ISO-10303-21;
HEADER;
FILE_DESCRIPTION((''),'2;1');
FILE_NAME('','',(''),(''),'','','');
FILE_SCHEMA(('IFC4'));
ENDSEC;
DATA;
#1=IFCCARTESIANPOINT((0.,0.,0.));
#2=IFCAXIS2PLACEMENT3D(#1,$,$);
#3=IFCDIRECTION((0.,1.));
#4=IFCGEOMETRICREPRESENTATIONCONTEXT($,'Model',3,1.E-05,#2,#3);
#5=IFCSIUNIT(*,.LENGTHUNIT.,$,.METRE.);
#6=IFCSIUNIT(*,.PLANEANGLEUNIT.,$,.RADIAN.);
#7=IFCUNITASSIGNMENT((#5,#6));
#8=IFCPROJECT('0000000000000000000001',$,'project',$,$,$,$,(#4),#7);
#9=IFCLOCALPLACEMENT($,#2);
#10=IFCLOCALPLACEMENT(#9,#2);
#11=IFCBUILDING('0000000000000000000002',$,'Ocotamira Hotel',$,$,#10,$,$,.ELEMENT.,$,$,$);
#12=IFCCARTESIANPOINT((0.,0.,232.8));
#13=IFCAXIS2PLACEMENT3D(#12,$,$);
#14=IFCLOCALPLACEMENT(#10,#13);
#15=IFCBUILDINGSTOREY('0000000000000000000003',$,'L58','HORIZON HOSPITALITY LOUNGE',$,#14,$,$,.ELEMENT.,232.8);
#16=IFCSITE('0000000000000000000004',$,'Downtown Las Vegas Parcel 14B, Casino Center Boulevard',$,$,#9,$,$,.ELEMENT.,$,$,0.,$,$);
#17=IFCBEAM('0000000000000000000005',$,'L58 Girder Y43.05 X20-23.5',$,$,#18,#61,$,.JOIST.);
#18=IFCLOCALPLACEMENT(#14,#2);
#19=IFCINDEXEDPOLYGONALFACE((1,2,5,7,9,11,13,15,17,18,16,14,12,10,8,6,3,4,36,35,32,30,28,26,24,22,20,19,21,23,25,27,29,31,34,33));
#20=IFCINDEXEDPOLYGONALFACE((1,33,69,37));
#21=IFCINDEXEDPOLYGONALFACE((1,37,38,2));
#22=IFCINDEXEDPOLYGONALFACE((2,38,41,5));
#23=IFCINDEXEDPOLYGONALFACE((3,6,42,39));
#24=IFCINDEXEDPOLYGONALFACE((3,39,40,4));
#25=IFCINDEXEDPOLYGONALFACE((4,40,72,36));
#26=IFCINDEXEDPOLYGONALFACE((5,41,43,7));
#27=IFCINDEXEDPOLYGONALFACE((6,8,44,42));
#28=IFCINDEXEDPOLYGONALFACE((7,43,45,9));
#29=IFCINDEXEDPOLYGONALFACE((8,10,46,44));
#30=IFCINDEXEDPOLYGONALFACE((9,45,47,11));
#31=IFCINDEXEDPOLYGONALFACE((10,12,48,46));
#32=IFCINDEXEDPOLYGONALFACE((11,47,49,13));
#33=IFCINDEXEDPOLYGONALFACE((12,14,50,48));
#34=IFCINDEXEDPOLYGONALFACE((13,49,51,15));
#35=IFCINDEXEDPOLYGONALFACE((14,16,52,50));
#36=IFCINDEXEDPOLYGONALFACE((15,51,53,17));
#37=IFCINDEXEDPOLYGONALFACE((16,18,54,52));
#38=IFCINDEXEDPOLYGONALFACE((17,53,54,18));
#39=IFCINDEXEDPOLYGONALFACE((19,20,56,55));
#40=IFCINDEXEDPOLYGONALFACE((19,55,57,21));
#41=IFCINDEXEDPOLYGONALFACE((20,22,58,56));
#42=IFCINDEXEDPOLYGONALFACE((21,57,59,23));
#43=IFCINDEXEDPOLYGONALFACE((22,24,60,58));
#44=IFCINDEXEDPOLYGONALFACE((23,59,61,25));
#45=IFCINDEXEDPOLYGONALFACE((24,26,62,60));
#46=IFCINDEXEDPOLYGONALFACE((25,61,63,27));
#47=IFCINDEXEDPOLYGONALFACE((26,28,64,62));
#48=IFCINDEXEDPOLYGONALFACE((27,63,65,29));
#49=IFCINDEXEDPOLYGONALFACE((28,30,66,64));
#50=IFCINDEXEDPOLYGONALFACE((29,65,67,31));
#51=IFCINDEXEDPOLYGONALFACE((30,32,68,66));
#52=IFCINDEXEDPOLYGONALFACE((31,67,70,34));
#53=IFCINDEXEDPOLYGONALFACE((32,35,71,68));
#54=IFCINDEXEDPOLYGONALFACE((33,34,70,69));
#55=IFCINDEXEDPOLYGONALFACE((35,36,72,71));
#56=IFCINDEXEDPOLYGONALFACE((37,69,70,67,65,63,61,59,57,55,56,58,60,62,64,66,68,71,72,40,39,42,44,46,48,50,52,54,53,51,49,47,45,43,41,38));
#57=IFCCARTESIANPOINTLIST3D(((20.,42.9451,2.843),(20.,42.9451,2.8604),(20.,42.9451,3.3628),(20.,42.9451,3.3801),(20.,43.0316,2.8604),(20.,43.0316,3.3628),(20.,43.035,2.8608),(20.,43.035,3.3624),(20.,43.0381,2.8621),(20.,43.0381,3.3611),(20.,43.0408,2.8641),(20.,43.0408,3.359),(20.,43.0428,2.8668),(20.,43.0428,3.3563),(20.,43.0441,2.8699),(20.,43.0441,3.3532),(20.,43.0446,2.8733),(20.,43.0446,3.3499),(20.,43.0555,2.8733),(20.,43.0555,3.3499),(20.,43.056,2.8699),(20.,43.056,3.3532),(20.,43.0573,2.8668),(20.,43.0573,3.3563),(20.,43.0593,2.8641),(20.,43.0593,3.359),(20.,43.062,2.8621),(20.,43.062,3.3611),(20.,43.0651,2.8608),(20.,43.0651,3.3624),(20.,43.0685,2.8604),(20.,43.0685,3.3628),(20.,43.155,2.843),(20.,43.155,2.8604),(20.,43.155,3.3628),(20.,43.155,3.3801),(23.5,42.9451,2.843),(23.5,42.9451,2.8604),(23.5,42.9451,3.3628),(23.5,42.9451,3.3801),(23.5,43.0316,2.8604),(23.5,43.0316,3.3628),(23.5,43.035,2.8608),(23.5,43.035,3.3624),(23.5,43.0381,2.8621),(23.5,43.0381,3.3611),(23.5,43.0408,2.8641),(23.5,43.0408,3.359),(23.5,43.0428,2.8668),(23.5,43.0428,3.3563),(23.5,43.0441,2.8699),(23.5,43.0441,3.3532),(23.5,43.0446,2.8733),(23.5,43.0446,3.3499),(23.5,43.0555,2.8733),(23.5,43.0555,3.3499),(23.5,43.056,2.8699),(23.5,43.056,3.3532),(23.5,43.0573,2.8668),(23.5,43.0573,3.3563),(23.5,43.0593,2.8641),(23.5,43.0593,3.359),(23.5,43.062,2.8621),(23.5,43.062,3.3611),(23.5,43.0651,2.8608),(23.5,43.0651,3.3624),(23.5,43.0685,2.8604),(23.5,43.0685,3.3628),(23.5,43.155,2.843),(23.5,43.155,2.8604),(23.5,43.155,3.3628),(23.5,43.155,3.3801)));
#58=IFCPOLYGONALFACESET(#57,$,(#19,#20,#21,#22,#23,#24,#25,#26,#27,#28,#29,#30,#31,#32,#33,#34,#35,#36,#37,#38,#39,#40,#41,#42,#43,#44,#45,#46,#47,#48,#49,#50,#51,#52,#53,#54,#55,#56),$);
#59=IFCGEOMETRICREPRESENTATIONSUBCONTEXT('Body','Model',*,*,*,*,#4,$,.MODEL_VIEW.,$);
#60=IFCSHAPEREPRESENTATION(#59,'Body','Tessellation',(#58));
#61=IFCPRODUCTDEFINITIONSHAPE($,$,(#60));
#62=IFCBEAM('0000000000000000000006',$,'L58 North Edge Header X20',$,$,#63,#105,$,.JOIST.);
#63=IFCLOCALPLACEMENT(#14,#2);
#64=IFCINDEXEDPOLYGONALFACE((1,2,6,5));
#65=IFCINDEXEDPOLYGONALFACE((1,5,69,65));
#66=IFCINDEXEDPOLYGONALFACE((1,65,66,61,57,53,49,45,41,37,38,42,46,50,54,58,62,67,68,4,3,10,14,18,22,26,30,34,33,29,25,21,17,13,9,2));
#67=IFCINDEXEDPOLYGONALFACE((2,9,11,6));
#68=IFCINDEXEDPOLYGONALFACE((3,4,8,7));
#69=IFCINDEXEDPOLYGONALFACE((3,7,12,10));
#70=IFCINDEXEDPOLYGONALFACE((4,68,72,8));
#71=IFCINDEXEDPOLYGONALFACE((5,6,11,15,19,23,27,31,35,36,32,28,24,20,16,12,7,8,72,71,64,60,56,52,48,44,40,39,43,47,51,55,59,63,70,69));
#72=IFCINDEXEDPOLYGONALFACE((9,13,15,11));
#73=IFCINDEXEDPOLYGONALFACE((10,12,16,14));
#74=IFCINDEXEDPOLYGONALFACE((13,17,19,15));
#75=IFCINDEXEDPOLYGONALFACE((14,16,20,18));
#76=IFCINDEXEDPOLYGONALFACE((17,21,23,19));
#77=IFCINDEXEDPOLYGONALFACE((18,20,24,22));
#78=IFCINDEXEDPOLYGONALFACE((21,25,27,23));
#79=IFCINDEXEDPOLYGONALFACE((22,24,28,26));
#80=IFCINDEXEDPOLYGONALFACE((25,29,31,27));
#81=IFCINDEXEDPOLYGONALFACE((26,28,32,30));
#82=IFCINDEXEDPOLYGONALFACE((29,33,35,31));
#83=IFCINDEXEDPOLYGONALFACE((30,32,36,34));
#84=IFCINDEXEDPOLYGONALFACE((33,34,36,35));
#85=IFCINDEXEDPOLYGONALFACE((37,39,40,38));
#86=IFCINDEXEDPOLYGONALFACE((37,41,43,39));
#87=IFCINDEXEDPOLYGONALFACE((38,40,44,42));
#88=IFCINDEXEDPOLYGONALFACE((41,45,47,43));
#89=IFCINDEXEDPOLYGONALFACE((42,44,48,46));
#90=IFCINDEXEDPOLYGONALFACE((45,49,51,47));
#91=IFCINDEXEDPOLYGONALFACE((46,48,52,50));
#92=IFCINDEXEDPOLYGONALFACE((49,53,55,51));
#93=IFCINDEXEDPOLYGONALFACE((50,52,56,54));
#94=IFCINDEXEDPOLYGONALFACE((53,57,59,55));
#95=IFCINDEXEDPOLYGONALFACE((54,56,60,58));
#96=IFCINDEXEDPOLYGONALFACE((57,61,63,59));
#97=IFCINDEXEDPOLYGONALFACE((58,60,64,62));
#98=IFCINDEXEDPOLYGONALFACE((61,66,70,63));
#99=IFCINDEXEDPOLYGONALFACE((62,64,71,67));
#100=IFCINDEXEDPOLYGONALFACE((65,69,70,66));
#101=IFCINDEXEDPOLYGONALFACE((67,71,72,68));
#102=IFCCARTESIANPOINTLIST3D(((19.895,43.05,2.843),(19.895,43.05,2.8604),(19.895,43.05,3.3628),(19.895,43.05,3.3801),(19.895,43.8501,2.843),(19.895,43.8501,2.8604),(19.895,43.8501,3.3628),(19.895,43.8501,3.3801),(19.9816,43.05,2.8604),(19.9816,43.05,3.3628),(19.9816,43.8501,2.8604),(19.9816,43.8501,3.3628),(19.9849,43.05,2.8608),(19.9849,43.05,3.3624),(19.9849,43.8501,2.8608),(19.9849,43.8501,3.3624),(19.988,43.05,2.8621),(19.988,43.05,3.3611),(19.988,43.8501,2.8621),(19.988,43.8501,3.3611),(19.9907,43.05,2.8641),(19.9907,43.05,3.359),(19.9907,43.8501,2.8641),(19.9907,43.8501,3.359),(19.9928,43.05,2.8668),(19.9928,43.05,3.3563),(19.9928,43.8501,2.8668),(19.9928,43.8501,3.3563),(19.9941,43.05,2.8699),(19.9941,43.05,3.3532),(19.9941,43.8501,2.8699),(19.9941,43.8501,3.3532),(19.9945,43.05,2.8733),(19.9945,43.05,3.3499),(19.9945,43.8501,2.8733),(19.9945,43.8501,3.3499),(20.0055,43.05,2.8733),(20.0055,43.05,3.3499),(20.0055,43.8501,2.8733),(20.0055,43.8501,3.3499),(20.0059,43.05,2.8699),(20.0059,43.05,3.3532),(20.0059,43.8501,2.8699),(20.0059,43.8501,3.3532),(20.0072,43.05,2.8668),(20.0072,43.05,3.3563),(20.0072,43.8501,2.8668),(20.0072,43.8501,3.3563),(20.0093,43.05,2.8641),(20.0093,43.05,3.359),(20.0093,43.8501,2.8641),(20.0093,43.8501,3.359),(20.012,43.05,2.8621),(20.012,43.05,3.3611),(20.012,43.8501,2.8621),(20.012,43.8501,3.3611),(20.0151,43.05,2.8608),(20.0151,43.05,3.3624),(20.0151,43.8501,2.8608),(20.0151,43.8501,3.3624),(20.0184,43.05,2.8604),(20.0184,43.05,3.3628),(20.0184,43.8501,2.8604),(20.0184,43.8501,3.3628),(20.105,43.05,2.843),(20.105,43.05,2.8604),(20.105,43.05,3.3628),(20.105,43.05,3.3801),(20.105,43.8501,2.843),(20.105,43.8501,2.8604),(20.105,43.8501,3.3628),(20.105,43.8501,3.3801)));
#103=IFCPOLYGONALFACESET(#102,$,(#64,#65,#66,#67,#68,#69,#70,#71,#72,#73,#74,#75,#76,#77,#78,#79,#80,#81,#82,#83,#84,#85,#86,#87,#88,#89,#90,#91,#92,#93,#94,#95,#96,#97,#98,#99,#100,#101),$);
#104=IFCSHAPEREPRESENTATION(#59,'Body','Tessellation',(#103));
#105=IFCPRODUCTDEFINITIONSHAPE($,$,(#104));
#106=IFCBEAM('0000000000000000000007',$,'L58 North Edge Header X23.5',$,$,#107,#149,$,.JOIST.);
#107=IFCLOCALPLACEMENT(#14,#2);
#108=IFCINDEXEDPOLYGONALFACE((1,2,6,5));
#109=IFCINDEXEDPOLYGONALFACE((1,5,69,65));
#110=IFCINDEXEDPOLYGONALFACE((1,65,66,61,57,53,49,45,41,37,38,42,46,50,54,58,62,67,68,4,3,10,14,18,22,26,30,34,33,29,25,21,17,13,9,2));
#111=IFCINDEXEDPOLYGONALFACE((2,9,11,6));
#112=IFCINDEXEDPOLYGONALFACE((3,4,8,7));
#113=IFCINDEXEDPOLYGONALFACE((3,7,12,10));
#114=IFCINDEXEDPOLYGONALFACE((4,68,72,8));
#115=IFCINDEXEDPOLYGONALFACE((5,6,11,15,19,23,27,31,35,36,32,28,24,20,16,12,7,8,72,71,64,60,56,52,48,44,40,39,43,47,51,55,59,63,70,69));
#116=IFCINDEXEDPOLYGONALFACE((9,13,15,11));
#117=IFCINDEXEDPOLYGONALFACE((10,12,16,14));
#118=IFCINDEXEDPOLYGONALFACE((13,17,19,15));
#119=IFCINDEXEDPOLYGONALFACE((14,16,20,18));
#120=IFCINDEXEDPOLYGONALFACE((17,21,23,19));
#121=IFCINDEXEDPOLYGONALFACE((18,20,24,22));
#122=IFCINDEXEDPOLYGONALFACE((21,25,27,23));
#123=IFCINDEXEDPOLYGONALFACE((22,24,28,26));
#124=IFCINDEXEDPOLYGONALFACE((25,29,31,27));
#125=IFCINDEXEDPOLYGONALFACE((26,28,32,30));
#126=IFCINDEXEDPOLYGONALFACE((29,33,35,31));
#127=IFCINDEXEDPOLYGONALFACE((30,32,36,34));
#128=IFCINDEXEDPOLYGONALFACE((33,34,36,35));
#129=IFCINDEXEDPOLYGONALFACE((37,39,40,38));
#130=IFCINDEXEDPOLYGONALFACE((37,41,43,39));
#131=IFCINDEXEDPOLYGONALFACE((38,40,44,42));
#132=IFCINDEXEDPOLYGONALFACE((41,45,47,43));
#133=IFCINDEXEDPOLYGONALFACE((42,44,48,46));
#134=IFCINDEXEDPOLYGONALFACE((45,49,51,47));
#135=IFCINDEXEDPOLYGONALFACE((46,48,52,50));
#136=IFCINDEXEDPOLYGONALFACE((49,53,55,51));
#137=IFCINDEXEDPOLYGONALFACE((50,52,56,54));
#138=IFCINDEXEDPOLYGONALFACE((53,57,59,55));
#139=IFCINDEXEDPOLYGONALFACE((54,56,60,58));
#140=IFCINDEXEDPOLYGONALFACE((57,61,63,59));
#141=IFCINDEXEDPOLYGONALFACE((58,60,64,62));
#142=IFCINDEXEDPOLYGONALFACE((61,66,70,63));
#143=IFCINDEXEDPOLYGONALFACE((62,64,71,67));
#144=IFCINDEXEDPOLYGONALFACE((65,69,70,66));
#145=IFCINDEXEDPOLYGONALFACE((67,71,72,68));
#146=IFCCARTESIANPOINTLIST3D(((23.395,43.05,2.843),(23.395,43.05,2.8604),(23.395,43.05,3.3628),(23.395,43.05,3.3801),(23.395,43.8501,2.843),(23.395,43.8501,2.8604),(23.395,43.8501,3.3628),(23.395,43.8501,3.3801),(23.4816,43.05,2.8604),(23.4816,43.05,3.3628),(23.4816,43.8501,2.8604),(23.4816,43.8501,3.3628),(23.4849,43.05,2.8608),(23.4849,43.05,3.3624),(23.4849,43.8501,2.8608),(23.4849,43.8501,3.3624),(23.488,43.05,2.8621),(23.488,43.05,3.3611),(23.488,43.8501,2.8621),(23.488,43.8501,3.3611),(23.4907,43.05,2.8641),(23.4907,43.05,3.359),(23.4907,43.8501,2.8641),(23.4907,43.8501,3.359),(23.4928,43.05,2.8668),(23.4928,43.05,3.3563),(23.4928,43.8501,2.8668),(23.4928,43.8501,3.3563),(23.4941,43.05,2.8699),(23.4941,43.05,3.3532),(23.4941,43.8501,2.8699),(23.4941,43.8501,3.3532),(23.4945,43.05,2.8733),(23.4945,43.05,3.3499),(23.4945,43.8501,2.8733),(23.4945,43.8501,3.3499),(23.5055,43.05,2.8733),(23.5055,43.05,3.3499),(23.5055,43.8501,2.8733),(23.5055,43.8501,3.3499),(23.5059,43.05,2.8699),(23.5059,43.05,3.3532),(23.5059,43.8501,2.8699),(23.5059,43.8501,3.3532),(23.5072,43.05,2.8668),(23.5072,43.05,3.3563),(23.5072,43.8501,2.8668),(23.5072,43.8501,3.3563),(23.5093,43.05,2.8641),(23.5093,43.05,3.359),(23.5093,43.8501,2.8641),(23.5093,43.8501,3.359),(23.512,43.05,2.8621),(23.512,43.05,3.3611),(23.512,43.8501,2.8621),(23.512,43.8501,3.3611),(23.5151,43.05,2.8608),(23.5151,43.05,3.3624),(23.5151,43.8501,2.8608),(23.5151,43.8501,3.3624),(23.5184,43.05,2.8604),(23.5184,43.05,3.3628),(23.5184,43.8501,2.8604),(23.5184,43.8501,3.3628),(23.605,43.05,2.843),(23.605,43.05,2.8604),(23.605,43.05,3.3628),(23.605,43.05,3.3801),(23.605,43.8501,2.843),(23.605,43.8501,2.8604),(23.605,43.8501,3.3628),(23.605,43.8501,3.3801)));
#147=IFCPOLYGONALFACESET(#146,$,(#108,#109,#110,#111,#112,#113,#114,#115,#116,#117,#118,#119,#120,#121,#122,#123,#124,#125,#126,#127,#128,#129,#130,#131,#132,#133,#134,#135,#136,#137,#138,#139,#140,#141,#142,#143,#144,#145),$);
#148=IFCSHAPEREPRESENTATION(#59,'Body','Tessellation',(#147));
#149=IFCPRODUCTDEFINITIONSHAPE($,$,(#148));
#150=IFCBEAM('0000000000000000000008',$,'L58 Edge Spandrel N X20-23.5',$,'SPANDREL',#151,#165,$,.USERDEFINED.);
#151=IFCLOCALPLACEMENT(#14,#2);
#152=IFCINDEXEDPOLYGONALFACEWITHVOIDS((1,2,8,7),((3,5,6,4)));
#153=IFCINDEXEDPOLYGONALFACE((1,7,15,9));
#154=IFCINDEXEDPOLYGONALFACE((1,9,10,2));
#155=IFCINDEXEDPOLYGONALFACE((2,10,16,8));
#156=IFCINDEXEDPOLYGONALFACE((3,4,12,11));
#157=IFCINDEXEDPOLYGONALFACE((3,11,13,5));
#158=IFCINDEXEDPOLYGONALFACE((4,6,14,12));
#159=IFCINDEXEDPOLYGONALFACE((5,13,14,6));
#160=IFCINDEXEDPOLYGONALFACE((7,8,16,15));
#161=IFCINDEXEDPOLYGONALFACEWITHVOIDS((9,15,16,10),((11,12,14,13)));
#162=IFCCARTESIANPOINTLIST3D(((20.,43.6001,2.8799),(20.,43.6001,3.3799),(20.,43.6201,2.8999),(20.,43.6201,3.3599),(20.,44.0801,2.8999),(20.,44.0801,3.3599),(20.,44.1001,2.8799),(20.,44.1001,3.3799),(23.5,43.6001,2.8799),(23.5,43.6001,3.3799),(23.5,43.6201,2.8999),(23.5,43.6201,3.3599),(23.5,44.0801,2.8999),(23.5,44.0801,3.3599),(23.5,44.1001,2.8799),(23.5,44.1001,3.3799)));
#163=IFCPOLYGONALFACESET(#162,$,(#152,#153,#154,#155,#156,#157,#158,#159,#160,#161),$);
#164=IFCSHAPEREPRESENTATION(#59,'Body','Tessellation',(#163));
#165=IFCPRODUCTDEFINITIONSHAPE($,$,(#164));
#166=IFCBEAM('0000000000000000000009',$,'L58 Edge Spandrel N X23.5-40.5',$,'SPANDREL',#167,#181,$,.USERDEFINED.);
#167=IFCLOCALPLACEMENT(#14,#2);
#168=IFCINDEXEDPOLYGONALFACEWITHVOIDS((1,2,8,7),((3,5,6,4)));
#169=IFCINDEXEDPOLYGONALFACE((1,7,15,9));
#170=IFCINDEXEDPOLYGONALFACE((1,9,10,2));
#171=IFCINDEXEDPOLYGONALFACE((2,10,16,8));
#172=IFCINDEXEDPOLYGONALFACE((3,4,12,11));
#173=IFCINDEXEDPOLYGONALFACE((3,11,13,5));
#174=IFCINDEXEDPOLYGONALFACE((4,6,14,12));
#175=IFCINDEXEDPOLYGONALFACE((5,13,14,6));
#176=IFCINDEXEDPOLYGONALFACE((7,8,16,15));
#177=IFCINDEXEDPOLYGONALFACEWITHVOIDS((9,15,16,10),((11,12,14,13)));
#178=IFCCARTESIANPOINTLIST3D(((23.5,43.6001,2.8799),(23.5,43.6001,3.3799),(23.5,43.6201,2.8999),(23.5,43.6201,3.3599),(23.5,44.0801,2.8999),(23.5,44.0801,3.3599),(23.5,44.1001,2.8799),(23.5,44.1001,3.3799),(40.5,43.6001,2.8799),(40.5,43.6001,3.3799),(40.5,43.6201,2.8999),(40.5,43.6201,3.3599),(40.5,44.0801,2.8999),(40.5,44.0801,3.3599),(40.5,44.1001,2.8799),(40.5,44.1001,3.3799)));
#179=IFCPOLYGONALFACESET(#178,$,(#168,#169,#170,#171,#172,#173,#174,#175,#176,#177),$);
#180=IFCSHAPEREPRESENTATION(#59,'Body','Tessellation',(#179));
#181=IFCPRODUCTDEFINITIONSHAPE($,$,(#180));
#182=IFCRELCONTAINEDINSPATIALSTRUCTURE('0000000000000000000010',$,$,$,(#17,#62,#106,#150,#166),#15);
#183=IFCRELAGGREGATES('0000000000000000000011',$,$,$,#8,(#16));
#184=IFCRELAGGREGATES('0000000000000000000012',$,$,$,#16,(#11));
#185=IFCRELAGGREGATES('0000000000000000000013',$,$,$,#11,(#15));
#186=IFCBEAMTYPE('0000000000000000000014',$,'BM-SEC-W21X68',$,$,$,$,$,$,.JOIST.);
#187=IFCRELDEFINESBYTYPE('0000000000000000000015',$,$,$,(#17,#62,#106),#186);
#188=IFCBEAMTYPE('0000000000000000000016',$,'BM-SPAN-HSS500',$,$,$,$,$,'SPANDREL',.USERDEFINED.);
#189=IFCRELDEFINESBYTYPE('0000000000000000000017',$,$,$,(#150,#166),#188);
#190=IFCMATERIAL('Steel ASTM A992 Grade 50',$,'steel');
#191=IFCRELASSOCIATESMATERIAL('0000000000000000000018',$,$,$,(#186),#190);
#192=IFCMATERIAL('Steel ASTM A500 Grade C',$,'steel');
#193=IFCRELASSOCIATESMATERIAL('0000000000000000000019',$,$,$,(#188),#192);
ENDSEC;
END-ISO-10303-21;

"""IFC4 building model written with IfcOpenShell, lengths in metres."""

from ifc_helpers import new_model, si_unit, direction, frame, origin, origin_2d, place, context, subcontext, project, spatial, hollow_rectangle, i_section, extrude, source, transform, mapped, material, material_profile, profile_set, type_object, element, save


model = new_model("IFC4")

# Units and contexts
model_context = context("Model", 3, precision=1e-05, world=origin(), true_north=direction((0.0, 1.0)))
body_context = subcontext(model_context, "Body", "Model", "MODEL_VIEW")
ifc_project = project(units=[si_unit("LENGTHUNIT", "METRE"), si_unit("PLANEANGLEUNIT", "RADIAN")], contexts=[model_context])

# Site, building, storey
site_placement = place(None, origin())
site = spatial("IfcSite", under=ifc_project, at=site_placement, Name="Downtown Las Vegas Parcel 14B, Casino Center Boulevard", CompositionType="ELEMENT", RefElevation=0.0)
building_placement = place(site_placement, origin())
building = spatial("IfcBuilding", under=site, at=building_placement, Name="Ocotamira Hotel", CompositionType="ELEMENT")
storey_placement = place(building_placement, frame((0.0, 0.0, 232.8)))
storey = spatial("IfcBuildingStorey", under=building, at=storey_placement, Name="L58", Description="HORIZON HOSPITALITY LOUNGE", CompositionType="ELEMENT", Elevation=232.8)

# Shared definitions
ifc_material_1 = material(Name="Steel ASTM A992 Grade 50", Category="steel")

# Beams
ifc_material_profile_1 = material_profile(ifc_material_1, i_section(OverallWidth=0.21, OverallDepth=0.5371, WebThickness=0.011, FlangeThickness=0.0173, FilletRadius=0.0129, at=origin_2d()), Name="W21X68")
ifc_profile_set_1 = profile_set([ifc_material_profile_1], Name="Steel ASTM A992 Grade 50")
beam_type_1 = type_object("IfcBeamType", Name="BM-SEC-W21X68", PredefinedType="JOIST", material=ifc_profile_set_1)
shared_shape_1 = source(origin(), body_context, "Body", "SweptSolid", [
    extrude(i_section(OverallWidth=0.21, OverallDepth=0.5371, WebThickness=0.011, FlangeThickness=0.0173, FilletRadius=0.0129, at=origin_2d()), origin(), (0.0, 0.0, 1.0), 3.5),
])
beam_1_placement = place(storey_placement, frame((20.0, 43.05, 3.1116), z_axis=(1.0, 0.0, 0.0), x_axis=(0.0, 1.0, 0.0)))
element("IfcBeam", 1, at=beam_1_placement, inside=storey, type_object=beam_type_1, Name="L58 Girder Y43.05 X20-23.5", PredefinedType="JOIST", context=body_context, shape_type="MappedRepresentation", body=[
    mapped(shared_shape_1, transform((0.0, 0.0, 0.0), scale=1.0)),
])
shared_shape_2 = source(origin(), body_context, "Body", "SweptSolid", [
    extrude(i_section(OverallWidth=0.21, OverallDepth=0.5371, WebThickness=0.011, FlangeThickness=0.0173, FilletRadius=0.0129, at=origin_2d()), origin(), (0.0, 0.0, 1.0), 0.8),
])
for number, where, z_axis, x_axis, name in (
    (2, (20.0, 43.05, 3.1116), (0.0, 1.0, 0.0), (-1.0, 0.0, 0.0), "L58 North Edge Header X20"),
    (3, (23.5, 43.05, 3.1116), (0.0, 1.0, 0.0), (-1.0, 0.0, 0.0), "L58 North Edge Header X23.5"),
):
    element("IfcBeam", number, at=place(storey_placement, frame(where, z_axis=z_axis, x_axis=x_axis)), inside=storey, type_object=beam_type_1, Name=name, PredefinedType="JOIST", context=body_context, shape_type="MappedRepresentation", body=[
        mapped(shared_shape_2, transform((0.0, 0.0, 0.0), scale=1.0)),
    ])
ifc_material_2 = material(Name="Steel ASTM A500 Grade C", Category="steel")
ifc_material_profile_2 = material_profile(ifc_material_2, hollow_rectangle(XDim=0.5, YDim=0.5, WallThickness=0.02, at=origin_2d()), Name="HSS500X500X20")
ifc_profile_set_2 = profile_set([ifc_material_profile_2], Name="Steel ASTM A500 Grade C")
beam_type_2 = type_object("IfcBeamType", Name="BM-SPAN-HSS500", ElementType="SPANDREL", PredefinedType="USERDEFINED", material=ifc_profile_set_2)
shared_shape_3 = source(origin(), body_context, "Body", "SweptSolid", [
    extrude(hollow_rectangle(XDim=0.5, YDim=0.5, WallThickness=0.02, at=origin_2d()), origin(), (0.0, 0.0, 1.0), 3.5),
])
beam_2_placement = place(storey_placement, frame((20.0, 43.8501, 3.1299), z_axis=(1.0, 0.0, 0.0), x_axis=(0.0, 1.0, 0.0)))
element("IfcBeam", 4, at=beam_2_placement, inside=storey, type_object=beam_type_2, Name="L58 Edge Spandrel N X20-23.5", ObjectType="SPANDREL", PredefinedType="USERDEFINED", context=body_context, shape_type="MappedRepresentation", body=[
    mapped(shared_shape_3, transform((0.0, 0.0, 0.0), scale=1.0)),
])
shared_shape_4 = source(origin(), body_context, "Body", "SweptSolid", [
    extrude(hollow_rectangle(XDim=0.5, YDim=0.5, WallThickness=0.02, at=origin_2d()), origin(), (0.0, 0.0, 1.0), 17.0),
])
beam_3_placement = place(storey_placement, frame((23.5, 43.8501, 3.1299), z_axis=(1.0, 0.0, 0.0), x_axis=(0.0, 1.0, 0.0)))
element("IfcBeam", 5, at=beam_3_placement, inside=storey, type_object=beam_type_2, Name="L58 Edge Spandrel N X23.5-40.5", ObjectType="SPANDREL", PredefinedType="USERDEFINED", context=body_context, shape_type="MappedRepresentation", body=[
    mapped(shared_shape_4, transform((0.0, 0.0, 0.0), scale=1.0)),
])

save(model, "model.ifc")
